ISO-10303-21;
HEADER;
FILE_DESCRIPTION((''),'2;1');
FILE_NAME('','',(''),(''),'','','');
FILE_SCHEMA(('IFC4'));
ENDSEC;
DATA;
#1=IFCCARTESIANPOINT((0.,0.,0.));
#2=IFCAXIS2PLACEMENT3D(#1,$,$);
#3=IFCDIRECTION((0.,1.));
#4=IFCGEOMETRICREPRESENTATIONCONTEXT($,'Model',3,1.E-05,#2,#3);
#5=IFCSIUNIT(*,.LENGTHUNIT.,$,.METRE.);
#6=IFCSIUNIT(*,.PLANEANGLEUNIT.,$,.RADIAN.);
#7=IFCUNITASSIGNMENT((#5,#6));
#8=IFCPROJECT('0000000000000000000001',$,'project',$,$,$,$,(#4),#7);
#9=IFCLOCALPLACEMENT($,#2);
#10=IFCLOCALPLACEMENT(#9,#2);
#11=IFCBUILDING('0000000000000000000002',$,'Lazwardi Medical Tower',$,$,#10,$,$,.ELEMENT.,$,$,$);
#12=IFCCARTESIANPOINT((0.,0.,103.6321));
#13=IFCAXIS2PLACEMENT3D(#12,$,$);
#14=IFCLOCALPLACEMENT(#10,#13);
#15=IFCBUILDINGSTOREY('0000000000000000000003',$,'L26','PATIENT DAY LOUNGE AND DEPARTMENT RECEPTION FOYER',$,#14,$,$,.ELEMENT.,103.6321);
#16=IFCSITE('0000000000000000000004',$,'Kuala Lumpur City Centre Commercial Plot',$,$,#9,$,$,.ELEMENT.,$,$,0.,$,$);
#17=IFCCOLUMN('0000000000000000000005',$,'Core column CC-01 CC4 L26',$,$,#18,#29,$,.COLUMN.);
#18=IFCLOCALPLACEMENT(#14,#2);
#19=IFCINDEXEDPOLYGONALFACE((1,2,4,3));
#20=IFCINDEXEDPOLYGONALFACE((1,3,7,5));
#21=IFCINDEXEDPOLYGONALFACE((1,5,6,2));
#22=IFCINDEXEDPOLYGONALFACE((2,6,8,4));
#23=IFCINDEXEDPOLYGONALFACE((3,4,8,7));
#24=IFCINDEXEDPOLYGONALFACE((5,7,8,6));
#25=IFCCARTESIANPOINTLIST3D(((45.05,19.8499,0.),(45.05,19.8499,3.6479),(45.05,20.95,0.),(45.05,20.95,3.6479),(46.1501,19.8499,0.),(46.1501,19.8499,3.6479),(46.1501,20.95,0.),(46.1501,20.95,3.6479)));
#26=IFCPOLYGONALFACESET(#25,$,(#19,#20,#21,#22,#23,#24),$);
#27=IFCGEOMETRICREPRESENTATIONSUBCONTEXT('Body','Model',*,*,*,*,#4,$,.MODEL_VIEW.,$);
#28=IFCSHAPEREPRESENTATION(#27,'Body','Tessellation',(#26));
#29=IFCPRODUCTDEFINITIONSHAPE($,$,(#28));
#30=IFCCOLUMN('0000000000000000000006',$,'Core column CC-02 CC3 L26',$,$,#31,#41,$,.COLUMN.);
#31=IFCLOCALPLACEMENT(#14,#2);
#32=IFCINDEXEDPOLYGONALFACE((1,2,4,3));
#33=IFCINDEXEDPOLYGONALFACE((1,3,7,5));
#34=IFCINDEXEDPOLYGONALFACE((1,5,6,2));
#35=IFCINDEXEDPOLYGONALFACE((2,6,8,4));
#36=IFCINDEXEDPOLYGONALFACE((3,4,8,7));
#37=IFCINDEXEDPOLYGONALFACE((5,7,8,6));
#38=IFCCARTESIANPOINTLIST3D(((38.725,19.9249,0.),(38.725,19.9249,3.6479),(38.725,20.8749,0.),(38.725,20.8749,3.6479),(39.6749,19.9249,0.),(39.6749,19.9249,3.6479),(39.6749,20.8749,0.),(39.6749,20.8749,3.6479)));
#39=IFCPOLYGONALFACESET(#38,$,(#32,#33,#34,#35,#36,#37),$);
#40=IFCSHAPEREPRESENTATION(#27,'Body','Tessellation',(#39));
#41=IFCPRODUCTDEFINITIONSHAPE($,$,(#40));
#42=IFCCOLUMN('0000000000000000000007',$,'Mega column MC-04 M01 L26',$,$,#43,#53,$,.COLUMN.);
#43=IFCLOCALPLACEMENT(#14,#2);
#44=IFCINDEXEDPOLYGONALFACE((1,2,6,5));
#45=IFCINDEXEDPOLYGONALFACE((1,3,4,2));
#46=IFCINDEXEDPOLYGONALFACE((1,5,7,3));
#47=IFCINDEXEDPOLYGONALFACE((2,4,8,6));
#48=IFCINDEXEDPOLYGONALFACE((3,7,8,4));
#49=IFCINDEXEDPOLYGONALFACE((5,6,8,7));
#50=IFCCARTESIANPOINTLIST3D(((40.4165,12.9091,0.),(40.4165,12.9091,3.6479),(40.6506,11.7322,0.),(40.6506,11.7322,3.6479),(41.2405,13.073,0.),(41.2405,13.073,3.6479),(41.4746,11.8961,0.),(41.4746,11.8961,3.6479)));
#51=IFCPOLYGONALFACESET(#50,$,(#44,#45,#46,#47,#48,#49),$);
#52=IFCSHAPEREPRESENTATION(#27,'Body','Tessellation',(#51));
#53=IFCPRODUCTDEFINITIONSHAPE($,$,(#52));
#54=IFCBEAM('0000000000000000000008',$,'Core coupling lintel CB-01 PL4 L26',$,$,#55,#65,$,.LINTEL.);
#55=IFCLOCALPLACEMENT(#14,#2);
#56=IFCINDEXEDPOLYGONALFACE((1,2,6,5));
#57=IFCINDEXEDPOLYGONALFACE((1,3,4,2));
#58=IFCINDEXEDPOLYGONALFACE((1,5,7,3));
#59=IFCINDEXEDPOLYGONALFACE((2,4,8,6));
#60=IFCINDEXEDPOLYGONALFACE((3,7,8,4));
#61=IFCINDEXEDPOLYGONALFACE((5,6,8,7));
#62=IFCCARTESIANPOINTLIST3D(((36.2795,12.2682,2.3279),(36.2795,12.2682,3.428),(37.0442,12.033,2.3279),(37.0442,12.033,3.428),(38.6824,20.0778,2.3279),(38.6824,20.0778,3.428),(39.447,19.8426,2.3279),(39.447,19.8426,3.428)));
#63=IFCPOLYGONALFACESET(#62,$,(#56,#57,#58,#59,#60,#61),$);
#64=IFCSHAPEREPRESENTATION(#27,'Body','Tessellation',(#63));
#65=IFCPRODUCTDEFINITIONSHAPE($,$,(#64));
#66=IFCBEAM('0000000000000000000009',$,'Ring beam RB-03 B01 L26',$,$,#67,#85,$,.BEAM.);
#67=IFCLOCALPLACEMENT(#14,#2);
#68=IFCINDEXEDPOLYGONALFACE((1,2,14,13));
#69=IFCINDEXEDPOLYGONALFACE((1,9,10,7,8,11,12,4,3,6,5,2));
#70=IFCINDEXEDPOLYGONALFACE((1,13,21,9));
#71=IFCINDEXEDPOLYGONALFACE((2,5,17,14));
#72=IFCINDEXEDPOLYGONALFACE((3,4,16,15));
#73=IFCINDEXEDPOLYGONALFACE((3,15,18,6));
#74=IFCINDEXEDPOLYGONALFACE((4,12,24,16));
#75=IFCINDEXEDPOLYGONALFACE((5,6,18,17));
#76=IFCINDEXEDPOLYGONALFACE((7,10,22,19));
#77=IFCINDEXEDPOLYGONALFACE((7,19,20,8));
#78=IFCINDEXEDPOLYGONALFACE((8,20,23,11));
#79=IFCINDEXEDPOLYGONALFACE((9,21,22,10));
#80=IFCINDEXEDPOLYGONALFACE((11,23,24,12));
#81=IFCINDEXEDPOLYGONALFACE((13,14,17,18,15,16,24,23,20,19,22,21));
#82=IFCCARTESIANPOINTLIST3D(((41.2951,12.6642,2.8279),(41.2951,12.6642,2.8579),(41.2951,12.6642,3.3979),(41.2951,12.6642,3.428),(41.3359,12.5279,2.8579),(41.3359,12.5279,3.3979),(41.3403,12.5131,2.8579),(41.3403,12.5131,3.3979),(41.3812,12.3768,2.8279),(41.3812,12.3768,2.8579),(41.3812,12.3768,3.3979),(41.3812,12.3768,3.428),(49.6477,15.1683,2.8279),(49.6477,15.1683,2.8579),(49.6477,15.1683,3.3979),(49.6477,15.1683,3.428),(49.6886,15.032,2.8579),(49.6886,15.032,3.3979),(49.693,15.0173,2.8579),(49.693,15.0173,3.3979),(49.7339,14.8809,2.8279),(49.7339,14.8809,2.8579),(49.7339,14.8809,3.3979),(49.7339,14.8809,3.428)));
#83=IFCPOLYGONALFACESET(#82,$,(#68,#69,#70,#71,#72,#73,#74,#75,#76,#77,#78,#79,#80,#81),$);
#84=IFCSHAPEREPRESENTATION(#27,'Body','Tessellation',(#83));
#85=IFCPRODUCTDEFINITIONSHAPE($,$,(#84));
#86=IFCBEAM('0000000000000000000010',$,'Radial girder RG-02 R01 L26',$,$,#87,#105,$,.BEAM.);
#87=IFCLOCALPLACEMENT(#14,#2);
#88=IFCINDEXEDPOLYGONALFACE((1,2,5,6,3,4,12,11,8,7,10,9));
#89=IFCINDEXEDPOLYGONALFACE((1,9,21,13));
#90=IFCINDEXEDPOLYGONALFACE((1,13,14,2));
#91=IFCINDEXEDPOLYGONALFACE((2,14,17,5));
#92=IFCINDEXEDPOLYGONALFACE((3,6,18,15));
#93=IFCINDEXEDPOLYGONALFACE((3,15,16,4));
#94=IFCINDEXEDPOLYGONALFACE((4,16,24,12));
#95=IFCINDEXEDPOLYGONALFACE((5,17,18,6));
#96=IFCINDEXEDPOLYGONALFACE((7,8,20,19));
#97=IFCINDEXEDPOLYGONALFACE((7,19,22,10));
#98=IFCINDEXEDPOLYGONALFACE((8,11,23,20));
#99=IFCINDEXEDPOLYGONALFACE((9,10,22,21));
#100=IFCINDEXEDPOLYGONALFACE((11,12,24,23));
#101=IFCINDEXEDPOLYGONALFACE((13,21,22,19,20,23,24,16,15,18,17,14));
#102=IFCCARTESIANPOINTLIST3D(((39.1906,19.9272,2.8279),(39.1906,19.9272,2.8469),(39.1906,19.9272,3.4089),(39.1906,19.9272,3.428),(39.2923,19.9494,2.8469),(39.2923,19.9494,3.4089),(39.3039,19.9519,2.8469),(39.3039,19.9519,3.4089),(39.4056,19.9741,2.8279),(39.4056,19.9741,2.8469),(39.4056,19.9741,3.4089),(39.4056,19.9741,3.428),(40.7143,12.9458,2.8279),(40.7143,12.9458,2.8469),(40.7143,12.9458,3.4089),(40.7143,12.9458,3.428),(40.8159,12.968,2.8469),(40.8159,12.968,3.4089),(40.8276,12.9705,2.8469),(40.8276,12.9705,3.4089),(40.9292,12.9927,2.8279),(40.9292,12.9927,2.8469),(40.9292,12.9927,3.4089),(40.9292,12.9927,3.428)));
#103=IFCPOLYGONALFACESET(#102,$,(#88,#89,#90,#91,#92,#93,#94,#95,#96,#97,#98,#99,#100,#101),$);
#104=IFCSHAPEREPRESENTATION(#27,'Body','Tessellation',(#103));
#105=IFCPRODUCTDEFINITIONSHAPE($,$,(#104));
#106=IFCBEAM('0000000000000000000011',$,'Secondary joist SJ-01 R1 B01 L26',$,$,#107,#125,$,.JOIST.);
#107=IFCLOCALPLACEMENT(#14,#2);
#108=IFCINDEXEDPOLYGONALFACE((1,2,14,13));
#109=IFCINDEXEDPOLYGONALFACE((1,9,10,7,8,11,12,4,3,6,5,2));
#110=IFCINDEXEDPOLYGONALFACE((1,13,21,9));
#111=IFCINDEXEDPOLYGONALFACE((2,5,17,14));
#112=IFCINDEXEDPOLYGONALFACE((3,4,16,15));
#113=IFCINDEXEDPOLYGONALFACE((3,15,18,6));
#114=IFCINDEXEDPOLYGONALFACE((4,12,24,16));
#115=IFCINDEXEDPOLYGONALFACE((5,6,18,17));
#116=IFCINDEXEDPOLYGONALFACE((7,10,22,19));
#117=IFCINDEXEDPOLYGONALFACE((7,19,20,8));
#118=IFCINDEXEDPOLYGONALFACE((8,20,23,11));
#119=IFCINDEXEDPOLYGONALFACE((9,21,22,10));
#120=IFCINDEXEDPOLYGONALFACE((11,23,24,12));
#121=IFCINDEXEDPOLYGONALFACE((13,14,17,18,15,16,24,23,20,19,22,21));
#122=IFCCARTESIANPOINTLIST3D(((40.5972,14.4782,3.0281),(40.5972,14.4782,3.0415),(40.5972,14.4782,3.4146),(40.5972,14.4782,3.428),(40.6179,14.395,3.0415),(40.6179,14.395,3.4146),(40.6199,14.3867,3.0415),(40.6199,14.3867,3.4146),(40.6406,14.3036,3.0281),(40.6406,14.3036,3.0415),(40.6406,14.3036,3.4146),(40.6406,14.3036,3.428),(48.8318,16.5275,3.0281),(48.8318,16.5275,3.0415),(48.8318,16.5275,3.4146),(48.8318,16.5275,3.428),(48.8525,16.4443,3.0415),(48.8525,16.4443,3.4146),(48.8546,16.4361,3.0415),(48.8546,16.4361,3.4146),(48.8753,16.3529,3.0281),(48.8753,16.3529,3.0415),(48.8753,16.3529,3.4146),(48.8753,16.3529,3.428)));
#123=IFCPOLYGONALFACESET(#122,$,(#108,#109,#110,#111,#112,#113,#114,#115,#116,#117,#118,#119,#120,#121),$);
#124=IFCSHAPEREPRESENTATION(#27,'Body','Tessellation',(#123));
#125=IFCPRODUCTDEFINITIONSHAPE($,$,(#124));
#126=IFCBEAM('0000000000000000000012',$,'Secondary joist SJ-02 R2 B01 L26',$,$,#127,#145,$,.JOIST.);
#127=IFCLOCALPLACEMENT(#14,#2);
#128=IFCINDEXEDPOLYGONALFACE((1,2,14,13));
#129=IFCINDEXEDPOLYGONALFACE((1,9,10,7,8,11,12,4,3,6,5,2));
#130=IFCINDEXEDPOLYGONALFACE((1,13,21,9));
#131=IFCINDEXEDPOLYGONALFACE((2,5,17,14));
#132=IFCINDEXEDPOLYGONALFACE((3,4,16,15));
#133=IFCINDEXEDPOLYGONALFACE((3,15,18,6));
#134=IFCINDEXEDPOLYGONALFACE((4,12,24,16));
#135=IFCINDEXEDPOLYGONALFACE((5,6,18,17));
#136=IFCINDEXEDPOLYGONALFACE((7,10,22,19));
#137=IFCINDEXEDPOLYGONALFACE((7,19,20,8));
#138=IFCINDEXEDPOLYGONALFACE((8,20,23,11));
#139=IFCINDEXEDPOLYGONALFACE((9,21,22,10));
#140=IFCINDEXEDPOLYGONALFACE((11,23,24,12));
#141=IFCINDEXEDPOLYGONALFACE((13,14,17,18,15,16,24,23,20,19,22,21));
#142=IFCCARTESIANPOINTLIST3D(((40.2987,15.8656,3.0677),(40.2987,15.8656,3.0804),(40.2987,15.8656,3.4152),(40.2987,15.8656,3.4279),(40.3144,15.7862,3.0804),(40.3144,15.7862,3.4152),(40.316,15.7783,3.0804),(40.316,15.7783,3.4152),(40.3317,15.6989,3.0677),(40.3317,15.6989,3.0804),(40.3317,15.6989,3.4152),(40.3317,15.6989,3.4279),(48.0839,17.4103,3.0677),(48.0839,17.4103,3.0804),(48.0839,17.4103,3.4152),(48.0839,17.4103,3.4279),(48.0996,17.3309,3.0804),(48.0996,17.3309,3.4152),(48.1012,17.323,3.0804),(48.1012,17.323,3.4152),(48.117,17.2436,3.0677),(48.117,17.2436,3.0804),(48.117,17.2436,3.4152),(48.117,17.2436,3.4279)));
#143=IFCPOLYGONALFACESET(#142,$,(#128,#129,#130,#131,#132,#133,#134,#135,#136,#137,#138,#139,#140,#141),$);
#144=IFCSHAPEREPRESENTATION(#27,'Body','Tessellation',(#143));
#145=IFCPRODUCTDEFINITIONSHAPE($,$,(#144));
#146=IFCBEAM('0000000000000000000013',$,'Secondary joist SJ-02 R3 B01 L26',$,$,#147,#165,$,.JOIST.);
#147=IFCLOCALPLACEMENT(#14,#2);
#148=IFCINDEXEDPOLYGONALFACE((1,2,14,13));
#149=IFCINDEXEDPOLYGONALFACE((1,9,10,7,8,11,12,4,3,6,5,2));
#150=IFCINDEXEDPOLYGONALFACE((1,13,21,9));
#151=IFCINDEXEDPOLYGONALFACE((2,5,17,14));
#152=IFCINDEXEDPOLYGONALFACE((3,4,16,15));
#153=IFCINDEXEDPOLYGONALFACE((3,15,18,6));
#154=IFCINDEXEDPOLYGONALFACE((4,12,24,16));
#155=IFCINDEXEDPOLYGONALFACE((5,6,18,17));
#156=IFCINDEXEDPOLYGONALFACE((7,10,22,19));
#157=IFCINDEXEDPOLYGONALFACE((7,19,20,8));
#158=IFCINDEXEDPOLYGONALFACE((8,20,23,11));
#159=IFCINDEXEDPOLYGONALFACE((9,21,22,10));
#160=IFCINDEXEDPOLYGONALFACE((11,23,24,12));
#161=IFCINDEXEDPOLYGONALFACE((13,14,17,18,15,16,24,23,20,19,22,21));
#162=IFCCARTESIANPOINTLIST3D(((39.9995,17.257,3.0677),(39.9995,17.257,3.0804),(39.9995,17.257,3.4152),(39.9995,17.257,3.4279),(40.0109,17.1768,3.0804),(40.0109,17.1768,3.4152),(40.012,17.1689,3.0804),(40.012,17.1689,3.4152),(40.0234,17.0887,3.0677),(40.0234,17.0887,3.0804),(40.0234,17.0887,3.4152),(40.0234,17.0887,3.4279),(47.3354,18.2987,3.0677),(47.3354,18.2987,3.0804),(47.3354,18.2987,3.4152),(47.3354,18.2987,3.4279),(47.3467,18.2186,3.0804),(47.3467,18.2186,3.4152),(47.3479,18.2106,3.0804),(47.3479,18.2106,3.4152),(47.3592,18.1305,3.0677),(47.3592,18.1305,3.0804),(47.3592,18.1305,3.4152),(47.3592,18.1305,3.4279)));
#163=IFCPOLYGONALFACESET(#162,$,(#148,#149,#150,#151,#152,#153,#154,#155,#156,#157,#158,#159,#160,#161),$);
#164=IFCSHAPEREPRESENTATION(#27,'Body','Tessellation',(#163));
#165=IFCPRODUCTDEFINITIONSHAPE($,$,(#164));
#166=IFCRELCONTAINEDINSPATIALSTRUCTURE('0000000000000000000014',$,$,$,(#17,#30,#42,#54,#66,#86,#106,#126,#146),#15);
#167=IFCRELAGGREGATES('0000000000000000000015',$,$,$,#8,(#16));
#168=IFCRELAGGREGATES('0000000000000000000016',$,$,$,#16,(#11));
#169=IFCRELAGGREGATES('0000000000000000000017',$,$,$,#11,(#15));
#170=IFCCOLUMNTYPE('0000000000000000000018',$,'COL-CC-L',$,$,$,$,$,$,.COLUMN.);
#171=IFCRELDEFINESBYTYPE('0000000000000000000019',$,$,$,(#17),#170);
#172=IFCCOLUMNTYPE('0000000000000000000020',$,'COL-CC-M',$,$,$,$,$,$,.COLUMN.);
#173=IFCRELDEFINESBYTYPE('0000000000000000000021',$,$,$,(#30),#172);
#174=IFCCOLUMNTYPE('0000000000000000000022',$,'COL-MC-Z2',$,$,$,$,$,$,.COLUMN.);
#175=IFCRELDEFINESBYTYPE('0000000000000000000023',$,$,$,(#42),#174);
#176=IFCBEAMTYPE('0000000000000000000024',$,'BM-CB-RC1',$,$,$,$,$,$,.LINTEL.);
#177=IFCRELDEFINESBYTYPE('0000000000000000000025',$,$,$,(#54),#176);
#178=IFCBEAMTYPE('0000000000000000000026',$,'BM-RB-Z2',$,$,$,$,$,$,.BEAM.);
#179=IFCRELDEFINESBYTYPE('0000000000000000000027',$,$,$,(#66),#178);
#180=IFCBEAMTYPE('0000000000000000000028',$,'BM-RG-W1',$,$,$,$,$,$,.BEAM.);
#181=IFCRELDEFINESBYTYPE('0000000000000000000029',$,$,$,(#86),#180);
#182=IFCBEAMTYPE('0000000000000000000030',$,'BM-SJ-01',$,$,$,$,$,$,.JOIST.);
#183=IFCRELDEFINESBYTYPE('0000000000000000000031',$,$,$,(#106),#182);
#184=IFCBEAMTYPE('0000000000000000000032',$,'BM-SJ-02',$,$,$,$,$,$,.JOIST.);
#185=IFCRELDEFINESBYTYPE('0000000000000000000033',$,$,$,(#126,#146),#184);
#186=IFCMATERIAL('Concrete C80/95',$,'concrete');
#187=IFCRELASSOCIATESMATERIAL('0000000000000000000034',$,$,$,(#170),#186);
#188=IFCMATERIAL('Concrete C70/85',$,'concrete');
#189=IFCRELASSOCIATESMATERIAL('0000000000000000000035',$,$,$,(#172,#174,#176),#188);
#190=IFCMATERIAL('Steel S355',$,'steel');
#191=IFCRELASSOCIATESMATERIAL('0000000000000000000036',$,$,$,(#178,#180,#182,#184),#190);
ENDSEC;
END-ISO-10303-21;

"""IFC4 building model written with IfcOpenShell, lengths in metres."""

from ifc_helpers import new_model, si_unit, direction, frame, origin, origin_2d, place, context, subcontext, project, spatial, rectangle, i_section, extrude, material, material_profile, profile_set, type_object, element, save


model = new_model("IFC4")

# Units and contexts
model_context = context("Model", 3, precision=1e-05, world=origin(), true_north=direction((0.0, 1.0)))
body_context = subcontext(model_context, "Body", "Model", "MODEL_VIEW")
ifc_project = project(units=[si_unit("LENGTHUNIT", "METRE"), si_unit("PLANEANGLEUNIT", "RADIAN")], contexts=[model_context])

# Site, building, storey
site_placement = place(None, origin())
site = spatial("IfcSite", under=ifc_project, at=site_placement, Name="Kuala Lumpur City Centre Commercial Plot", CompositionType="ELEMENT", RefElevation=0.0)
building_placement = place(site_placement, origin())
building = spatial("IfcBuilding", under=site, at=building_placement, Name="Lazwardi Medical Tower", CompositionType="ELEMENT")
storey_placement = place(building_placement, frame((0.0, 0.0, 103.6321)))
storey = spatial("IfcBuildingStorey", under=building, at=storey_placement, Name="L26", Description="PATIENT DAY LOUNGE AND DEPARTMENT RECEPTION FOYER", CompositionType="ELEMENT", Elevation=103.6321)

# Columns
ifc_material_1 = material(Name="Concrete C80/95", Category="concrete")
ifc_material_profile_1 = material_profile(ifc_material_1, rectangle(XDim=1.1001, YDim=1.1001, at=origin_2d()), Name="RC 1100x1100")
ifc_profile_set_1 = profile_set([ifc_material_profile_1], Name="Concrete C80/95")
column_type_1 = type_object("IfcColumnType", Name="COL-CC-L", PredefinedType="COLUMN", material=ifc_profile_set_1)
column_1_placement = place(storey_placement, frame((45.6001, 20.3999, 0.0), z_axis=(0.0, 0.0, 1.0), x_axis=(1.0, 0.0, 0.0)))
element("IfcColumn", 1, at=column_1_placement, inside=storey, type_object=column_type_1, Name="Core column CC-01 CC4 L26", PredefinedType="COLUMN", context=body_context, shape_type="SweptSolid", body=[
    extrude(rectangle(XDim=1.1001, YDim=1.1001, at=origin_2d()), origin(), (0.0, 0.0, 1.0), 3.6479),
])
ifc_material_2 = material(Name="Concrete C70/85", Category="concrete")
ifc_material_profile_2 = material_profile(ifc_material_2, rectangle(XDim=0.95, YDim=0.95, at=origin_2d()), Name="RC 950x950")
ifc_profile_set_2 = profile_set([ifc_material_profile_2], Name="Concrete C70/85")
column_type_2 = type_object("IfcColumnType", Name="COL-CC-M", PredefinedType="COLUMN", material=ifc_profile_set_2)
column_2_placement = place(storey_placement, frame((39.2, 20.3999, 0.0), z_axis=(0.0, 0.0, 1.0), x_axis=(1.0, 0.0, 0.0)))
element("IfcColumn", 2, at=column_2_placement, inside=storey, type_object=column_type_2, Name="Core column CC-02 CC3 L26", PredefinedType="COLUMN", context=body_context, shape_type="SweptSolid", body=[
    extrude(rectangle(XDim=0.95, YDim=0.95, at=origin_2d()), origin(), (0.0, 0.0, 1.0), 3.6479),
])
ifc_material_profile_3 = material_profile(ifc_material_2, rectangle(XDim=1.2, YDim=0.8401, at=origin_2d()), Name="CFT-RECT 1200x840")
ifc_profile_set_3 = profile_set([ifc_material_profile_3], Name="Concrete C70/85")
column_type_3 = type_object("IfcColumnType", Name="COL-MC-Z2", PredefinedType="COLUMN", material=ifc_profile_set_3)
column_3_placement = place(storey_placement, frame((40.9456, 12.4026, 0.0), z_axis=(0.0, 0.0, 1.0), x_axis=(0.19509, -0.980785, 0.0)))
element("IfcColumn", 3, at=column_3_placement, inside=storey, type_object=column_type_3, Name="Mega column MC-04 M01 L26", PredefinedType="COLUMN", context=body_context, shape_type="SweptSolid", body=[
    extrude(rectangle(XDim=1.2, YDim=0.8401, at=origin_2d()), origin(), (0.0, 0.0, 1.0), 3.6479),
])

# Beams
ifc_material_profile_4 = material_profile(ifc_material_2, rectangle(XDim=0.8, YDim=1.1001, at=origin_2d()), Name="RC 800x1100")
ifc_profile_set_4 = profile_set([ifc_material_profile_4], Name="Concrete C70/85")
beam_type_1 = type_object("IfcBeamType", Name="BM-CB-RC1", PredefinedType="LINTEL", material=ifc_profile_set_4)
beam_1_placement = place(storey_placement, frame((39.0647, 19.9602, 2.8779), z_axis=(-0.294073, -0.955783, 0.0), x_axis=(0.955783, -0.294073, 0.0)))
element("IfcBeam", 4, at=beam_1_placement, inside=storey, type_object=beam_type_1, Name="Core coupling lintel CB-01 PL4 L26", PredefinedType="LINTEL", context=body_context, shape_type="SweptSolid", body=[
    extrude(rectangle(XDim=0.8, YDim=1.1001, at=origin_2d()), origin(), (0.0, 0.0, 1.0), 8.1709),
])
ifc_material_3 = material(Name="Steel S355", Category="steel")
ifc_material_profile_5 = material_profile(ifc_material_3, i_section(OverallWidth=0.3, OverallDepth=0.6001, WebThickness=0.0154, FlangeThickness=0.03, at=origin_2d()), Name="HEB 600")
ifc_profile_set_5 = profile_set([ifc_material_profile_5], Name="Steel S355")
beam_type_2 = type_object("IfcBeamType", Name="BM-RB-Z2", PredefinedType="BEAM", material=ifc_profile_set_5)
beam_2_placement = place(storey_placement, frame((41.3381, 12.5205, 3.1279), z_axis=(0.957879, 0.287171, 0.0), x_axis=(-0.287171, 0.957879, 0.0)))
element("IfcBeam", 5, at=beam_2_placement, inside=storey, type_object=beam_type_2, Name="Ring beam RB-03 B01 L26", PredefinedType="BEAM", context=body_context, shape_type="SweptSolid", body=[
    extrude(i_section(OverallWidth=0.3, OverallDepth=0.6001, WebThickness=0.0154, FlangeThickness=0.03, at=origin_2d()), origin(), (0.0, 0.0, 1.0), 8.72),
])
ifc_material_profile_6 = material_profile(ifc_material_3, i_section(OverallWidth=0.22, OverallDepth=0.6001, WebThickness=0.012, FlangeThickness=0.019, at=origin_2d()), Name="IPE 600")
ifc_profile_set_6 = profile_set([ifc_material_profile_6], Name="Steel S355")
beam_type_3 = type_object("IfcBeamType", Name="BM-RG-W1", PredefinedType="BEAM", material=ifc_profile_set_6)
beam_3_placement = place(storey_placement, frame((40.8218, 12.9692, 3.1279), z_axis=(-0.213228, 0.977002, 0.0), x_axis=(-0.977002, -0.213228, 0.0)))
element("IfcBeam", 6, at=beam_3_placement, inside=storey, type_object=beam_type_3, Name="Radial girder RG-02 R01 L26", PredefinedType="BEAM", context=body_context, shape_type="SweptSolid", body=[
    extrude(i_section(OverallWidth=0.22, OverallDepth=0.6001, WebThickness=0.012, FlangeThickness=0.019, at=origin_2d()), origin(), (0.0, 0.0, 1.0), 7.1458),
])
ifc_material_profile_7 = material_profile(ifc_material_3, i_section(OverallWidth=0.1799, OverallDepth=0.3999, WebThickness=0.0085, FlangeThickness=0.0134, at=origin_2d()), Name="IPE 400")
ifc_profile_set_7 = profile_set([ifc_material_profile_7], Name="Steel S355")
beam_type_4 = type_object("IfcBeamType", Name="BM-SJ-01", PredefinedType="JOIST", material=ifc_profile_set_7)
beam_4_placement = place(storey_placement, frame((40.6189, 14.3909, 3.228), z_axis=(0.970401, 0.2415, 0.0), x_axis=(-0.2415, 0.970401, 0.0)))
element("IfcBeam", 7, at=beam_4_placement, inside=storey, type_object=beam_type_4, Name="Secondary joist SJ-01 R1 B01 L26", PredefinedType="JOIST", context=body_context, shape_type="SweptSolid", body=[
    extrude(i_section(OverallWidth=0.1799, OverallDepth=0.3999, WebThickness=0.0085, FlangeThickness=0.0134, at=origin_2d()), origin(), (0.0, 0.0, 1.0), 8.4858),
])
ifc_material_profile_8 = material_profile(ifc_material_3, i_section(OverallWidth=0.1699, OverallDepth=0.3601, WebThickness=0.0081, FlangeThickness=0.0127, at=origin_2d()), Name="IPE 360")
ifc_profile_set_8 = profile_set([ifc_material_profile_8], Name="Steel S355")
beam_type_5 = type_object("IfcBeamType", Name="BM-SJ-02", PredefinedType="JOIST", material=ifc_profile_set_8)
beam_5_placement = place(storey_placement, frame((40.3152, 15.7822, 3.2478), z_axis=(0.980879, 0.194619, 0.0), x_axis=(-0.194619, 0.980879, 0.0)))
element("IfcBeam", 8, at=beam_5_placement, inside=storey, type_object=beam_type_5, Name="Secondary joist SJ-02 R2 B01 L26", PredefinedType="JOIST", context=body_context, shape_type="SweptSolid", body=[
    extrude(i_section(OverallWidth=0.1699, OverallDepth=0.3601, WebThickness=0.0081, FlangeThickness=0.0127, at=origin_2d()), origin(), (0.0, 0.0, 1.0), 7.937),
])
beam_6_placement = place(storey_placement, frame((40.0115, 17.1729, 3.2478), z_axis=(0.990067, 0.140596, 0.0), x_axis=(-0.140596, 0.990067, 0.0)))
element("IfcBeam", 9, at=beam_6_placement, inside=storey, type_object=beam_type_5, Name="Secondary joist SJ-02 R3 B01 L26", PredefinedType="JOIST", context=body_context, shape_type="SweptSolid", body=[
    extrude(i_section(OverallWidth=0.1699, OverallDepth=0.3601, WebThickness=0.0081, FlangeThickness=0.0127, at=origin_2d()), origin(), (0.0, 0.0, 1.0), 7.4094),
])

save(model, "model.ifc")
